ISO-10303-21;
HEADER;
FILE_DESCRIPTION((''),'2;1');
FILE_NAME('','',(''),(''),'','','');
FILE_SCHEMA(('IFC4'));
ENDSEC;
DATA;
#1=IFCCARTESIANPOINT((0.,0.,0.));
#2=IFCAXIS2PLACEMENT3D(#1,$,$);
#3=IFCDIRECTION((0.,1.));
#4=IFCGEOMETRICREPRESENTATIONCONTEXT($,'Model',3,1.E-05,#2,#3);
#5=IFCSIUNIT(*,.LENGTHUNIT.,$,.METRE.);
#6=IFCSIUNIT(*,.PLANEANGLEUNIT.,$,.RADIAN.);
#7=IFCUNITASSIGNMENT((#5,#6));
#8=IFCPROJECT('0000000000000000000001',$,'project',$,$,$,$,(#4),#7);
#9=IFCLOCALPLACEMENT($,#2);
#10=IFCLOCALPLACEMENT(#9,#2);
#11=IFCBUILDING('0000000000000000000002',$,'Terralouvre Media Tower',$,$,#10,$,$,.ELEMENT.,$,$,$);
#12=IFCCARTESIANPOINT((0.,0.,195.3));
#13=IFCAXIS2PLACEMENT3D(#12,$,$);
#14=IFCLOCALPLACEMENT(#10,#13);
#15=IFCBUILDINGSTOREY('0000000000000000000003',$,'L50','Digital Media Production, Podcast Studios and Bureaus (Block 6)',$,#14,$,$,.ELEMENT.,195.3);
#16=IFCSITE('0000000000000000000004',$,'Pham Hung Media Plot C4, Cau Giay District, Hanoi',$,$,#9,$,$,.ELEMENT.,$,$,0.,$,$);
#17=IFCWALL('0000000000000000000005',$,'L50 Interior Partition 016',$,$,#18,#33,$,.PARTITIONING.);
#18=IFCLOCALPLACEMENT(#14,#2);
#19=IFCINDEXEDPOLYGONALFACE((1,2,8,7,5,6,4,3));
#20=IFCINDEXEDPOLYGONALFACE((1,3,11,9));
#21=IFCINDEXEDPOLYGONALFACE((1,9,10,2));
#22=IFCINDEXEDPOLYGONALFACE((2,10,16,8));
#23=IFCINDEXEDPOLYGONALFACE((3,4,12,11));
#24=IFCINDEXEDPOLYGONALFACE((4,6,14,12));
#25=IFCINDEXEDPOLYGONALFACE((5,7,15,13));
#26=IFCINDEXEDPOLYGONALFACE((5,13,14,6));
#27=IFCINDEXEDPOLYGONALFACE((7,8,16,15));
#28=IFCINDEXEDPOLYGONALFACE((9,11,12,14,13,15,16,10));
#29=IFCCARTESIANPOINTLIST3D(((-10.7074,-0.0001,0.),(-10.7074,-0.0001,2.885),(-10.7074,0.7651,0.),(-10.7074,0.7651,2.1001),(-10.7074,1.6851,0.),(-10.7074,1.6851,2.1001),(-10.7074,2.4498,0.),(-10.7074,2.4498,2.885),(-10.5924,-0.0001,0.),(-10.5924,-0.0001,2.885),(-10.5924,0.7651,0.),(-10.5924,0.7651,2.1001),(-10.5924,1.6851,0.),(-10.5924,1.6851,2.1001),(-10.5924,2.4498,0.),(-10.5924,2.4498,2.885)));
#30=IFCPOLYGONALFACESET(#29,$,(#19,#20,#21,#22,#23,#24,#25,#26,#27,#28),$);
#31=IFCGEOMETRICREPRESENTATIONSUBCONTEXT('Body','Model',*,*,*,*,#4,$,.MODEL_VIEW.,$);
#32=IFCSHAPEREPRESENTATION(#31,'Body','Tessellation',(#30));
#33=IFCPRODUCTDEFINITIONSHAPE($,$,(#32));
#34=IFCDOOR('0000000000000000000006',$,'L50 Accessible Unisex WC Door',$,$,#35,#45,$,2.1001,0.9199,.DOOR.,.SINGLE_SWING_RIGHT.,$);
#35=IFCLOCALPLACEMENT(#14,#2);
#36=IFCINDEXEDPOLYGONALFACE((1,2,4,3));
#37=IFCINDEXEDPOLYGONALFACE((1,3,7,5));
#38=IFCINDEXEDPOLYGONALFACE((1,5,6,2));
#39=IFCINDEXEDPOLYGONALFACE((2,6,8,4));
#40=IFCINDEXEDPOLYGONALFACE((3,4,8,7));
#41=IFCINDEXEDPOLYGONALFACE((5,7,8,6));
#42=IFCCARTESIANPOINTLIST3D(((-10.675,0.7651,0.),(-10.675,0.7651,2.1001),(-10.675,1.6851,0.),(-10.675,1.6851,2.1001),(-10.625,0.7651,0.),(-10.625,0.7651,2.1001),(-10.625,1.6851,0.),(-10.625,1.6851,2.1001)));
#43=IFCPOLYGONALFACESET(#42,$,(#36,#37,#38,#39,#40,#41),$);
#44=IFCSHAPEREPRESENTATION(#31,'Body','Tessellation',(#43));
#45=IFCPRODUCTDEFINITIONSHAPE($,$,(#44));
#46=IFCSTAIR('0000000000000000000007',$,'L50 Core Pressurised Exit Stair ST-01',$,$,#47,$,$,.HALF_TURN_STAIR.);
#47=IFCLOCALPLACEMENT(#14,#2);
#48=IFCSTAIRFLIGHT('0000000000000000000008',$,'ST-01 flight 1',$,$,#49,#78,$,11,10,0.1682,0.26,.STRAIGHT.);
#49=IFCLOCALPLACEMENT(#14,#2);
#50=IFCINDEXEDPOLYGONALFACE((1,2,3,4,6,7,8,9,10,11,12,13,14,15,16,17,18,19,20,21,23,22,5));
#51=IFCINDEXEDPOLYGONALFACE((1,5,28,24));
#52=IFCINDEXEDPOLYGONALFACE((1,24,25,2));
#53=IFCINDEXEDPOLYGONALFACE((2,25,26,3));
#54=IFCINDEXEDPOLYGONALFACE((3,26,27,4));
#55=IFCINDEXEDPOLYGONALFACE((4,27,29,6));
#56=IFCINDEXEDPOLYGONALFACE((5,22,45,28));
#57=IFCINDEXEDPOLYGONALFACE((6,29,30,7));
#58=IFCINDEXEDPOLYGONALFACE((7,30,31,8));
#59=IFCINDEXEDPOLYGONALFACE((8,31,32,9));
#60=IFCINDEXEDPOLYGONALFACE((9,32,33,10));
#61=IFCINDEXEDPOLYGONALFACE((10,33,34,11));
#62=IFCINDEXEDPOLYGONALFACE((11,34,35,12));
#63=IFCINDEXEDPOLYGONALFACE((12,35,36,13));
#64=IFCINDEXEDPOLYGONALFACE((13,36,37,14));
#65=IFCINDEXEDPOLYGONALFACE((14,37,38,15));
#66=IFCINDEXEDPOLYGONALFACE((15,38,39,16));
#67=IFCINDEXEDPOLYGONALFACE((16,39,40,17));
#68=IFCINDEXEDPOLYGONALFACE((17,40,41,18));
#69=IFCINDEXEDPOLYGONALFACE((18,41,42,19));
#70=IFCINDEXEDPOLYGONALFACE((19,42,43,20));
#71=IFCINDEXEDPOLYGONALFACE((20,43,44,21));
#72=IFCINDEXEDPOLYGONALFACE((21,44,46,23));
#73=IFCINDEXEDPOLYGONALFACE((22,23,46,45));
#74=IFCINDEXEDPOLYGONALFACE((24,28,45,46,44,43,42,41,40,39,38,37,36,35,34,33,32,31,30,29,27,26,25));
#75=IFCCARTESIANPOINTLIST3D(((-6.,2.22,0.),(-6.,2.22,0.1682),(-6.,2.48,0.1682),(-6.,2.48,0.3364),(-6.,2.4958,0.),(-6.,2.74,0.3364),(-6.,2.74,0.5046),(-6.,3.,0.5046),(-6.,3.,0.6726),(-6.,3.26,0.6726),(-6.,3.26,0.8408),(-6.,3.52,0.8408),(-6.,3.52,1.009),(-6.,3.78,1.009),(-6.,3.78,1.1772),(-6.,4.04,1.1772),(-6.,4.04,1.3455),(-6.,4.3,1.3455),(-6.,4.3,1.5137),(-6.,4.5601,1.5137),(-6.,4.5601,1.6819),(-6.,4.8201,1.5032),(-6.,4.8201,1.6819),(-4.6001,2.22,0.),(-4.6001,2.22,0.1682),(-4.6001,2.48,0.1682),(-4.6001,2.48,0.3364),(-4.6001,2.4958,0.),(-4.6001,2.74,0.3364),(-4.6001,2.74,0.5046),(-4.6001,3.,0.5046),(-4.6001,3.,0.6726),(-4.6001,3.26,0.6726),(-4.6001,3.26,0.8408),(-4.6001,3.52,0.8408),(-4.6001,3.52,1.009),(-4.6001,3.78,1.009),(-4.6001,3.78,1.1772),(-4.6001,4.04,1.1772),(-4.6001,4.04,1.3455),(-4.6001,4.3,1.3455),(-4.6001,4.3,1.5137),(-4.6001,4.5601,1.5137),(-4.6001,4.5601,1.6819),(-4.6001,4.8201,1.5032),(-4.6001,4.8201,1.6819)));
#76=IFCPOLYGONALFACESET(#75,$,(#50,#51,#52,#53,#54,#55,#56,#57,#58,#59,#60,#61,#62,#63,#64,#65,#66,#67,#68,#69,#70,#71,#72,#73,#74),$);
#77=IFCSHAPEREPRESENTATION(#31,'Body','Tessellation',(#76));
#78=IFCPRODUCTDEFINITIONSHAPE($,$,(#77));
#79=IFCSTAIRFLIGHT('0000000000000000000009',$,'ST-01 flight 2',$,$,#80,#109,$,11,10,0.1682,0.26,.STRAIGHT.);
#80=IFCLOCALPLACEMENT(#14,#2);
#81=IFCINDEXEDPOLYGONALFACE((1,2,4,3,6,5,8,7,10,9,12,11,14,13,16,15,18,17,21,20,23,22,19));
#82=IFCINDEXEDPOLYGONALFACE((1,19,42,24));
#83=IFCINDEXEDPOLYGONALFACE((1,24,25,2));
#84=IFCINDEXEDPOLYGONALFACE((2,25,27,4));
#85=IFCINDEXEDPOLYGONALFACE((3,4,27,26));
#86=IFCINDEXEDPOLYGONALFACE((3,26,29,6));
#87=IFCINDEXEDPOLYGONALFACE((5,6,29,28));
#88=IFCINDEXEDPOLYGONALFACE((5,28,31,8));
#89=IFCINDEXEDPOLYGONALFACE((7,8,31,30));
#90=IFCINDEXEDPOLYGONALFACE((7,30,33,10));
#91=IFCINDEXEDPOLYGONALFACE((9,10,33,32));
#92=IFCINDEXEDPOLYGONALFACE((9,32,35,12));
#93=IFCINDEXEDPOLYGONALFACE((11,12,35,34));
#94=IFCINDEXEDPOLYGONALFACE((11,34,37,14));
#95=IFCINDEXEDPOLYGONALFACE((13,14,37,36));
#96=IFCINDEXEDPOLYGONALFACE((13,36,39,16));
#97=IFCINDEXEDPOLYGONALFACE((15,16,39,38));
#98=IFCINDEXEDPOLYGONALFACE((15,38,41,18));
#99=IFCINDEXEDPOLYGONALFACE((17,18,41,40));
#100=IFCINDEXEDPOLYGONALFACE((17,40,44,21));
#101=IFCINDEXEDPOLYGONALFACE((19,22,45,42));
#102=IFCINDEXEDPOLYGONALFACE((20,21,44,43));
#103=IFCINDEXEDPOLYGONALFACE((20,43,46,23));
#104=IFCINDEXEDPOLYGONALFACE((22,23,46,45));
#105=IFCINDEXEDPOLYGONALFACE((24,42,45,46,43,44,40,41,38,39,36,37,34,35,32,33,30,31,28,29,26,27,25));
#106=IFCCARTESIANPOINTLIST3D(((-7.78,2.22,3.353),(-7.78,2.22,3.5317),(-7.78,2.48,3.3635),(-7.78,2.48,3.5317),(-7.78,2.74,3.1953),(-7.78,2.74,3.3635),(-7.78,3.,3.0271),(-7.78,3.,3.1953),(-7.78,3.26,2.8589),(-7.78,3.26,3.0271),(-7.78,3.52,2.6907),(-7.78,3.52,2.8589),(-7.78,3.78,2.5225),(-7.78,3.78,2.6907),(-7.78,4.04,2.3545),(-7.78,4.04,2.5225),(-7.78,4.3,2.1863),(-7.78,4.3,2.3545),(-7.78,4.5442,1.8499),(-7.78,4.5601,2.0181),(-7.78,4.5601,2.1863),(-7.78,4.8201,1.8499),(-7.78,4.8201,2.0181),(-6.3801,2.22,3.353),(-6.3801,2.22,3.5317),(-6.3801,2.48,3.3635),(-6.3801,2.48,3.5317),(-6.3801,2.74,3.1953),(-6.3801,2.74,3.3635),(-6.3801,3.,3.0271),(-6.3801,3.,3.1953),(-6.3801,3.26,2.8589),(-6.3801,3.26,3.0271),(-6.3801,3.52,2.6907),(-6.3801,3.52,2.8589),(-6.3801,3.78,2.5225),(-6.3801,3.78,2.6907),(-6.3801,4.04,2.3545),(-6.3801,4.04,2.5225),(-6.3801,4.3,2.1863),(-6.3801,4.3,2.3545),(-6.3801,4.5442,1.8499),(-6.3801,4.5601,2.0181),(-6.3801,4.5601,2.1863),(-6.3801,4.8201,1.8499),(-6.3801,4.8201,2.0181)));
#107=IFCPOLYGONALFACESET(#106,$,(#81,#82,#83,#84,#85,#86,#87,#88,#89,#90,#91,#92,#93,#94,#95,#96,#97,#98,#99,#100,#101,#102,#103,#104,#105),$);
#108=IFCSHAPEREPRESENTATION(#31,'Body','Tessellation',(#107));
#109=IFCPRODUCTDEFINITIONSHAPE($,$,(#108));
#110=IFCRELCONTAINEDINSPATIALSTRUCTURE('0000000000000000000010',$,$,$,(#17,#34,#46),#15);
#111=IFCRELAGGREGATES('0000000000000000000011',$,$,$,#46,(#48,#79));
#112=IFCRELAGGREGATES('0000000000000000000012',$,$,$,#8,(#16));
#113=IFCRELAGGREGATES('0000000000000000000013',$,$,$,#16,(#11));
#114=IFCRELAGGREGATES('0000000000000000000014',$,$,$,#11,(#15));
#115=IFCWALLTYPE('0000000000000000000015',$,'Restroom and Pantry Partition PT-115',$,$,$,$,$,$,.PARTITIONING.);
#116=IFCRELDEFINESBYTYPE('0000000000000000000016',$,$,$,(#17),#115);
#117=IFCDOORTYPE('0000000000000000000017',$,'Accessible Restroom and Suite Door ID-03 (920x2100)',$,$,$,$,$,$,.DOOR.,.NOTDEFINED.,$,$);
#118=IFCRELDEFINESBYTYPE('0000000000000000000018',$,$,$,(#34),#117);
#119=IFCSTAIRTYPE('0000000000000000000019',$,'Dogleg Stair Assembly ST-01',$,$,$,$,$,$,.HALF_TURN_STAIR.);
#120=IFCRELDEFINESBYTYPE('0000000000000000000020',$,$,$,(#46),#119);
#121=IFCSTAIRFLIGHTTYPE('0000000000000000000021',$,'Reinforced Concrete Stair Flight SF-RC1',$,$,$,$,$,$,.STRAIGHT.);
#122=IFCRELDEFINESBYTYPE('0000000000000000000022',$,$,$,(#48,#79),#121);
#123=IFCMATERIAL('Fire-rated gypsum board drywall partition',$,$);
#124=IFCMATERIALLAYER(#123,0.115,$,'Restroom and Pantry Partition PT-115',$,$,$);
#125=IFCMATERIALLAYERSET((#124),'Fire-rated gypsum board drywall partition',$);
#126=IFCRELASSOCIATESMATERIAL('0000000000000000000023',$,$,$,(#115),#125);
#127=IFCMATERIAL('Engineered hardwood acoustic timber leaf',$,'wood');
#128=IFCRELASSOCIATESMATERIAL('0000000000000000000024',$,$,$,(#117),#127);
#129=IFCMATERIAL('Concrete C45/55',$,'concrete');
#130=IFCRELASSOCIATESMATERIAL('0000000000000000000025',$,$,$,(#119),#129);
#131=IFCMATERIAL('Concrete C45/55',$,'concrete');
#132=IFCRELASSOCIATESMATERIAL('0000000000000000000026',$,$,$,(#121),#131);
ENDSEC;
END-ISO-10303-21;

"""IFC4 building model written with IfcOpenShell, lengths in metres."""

from ifc_helpers import new_model, si_unit, direction, frame, frame_2d, origin, place, context, subcontext, project, spatial, polyline, rectangle, outline, extrude, material, layer, layer_set, type_object, element, fill, aggregate, save


model = new_model("IFC4")

# Units and contexts
model_context = context("Model", 3, precision=1e-05, world=origin(), true_north=direction((0.0, 1.0)))
body_context = subcontext(model_context, "Body", "Model", "MODEL_VIEW")
ifc_project = project(units=[si_unit("LENGTHUNIT", "METRE"), si_unit("PLANEANGLEUNIT", "RADIAN")], contexts=[model_context])

# Site, building, storey
site_placement = place(None, origin())
site = spatial("IfcSite", under=ifc_project, at=site_placement, Name="Pham Hung Media Plot C4, Cau Giay District, Hanoi", CompositionType="ELEMENT", RefElevation=0.0)
building_placement = place(site_placement, origin())
building = spatial("IfcBuilding", under=site, at=building_placement, Name="Terralouvre Media Tower", CompositionType="ELEMENT")
storey_placement = place(building_placement, frame((0.0, 0.0, 195.3)))
storey = spatial("IfcBuildingStorey", under=building, at=storey_placement, Name="L50", Description="Digital Media Production, Podcast Studios and Bureaus (Block 6)", CompositionType="ELEMENT", Elevation=195.3)

# Wall, opening, door
ifc_material_1 = material(Name="Fire-rated gypsum board drywall partition")
ifc_layer_1 = layer(ifc_material_1, 0.115, Name="Restroom and Pantry Partition PT-115")
ifc_layer_set_1 = layer_set([ifc_layer_1], Name="Fire-rated gypsum board drywall partition")
wall_type_1 = type_object("IfcWallType", Name="Restroom and Pantry Partition PT-115", PredefinedType="PARTITIONING", material=ifc_layer_set_1)
wall_1_placement = place(storey_placement, frame((-10.6499, 2.45, 0.0), z_axis=(0.0, 0.0, 1.0), x_axis=(0.0, -1.0, 0.0)))
wall_1 = element("IfcWall", 1, at=wall_1_placement, inside=storey, type_object=wall_type_1, Name="L50 Interior Partition 016", PredefinedType="PARTITIONING", context=body_context, shape_type="SweptSolid", body=[
    extrude(rectangle(XDim=2.45, YDim=0.115, at=frame_2d((1.2251, 0.0))), origin(), (0.0, 0.0, 1.0), 2.885),
])
opening_1_placement = place(wall_1_placement, frame((0.7649, 0.0, 0.0)))
opening_1 = element("IfcOpeningElement", 2, at=opening_1_placement, cuts=wall_1, PredefinedType="OPENING", context=body_context, shape_type="SweptSolid", body=[
    extrude(rectangle(XDim=0.9199, YDim=2.1001, at=frame_2d((0.46, 1.05))), frame((0.0, 0.0674, 0.0), z_axis=(0.0, -1.0, 0.0), x_axis=(1.0, 0.0, 0.0)), (0.0, 0.0, 1.0), 0.135),
])
ifc_material_2 = material(Name="Engineered hardwood acoustic timber leaf", Category="wood")
door_type_1 = type_object("IfcDoorType", Name="Accessible Restroom and Suite Door ID-03 (920x2100)", OperationType="NOTDEFINED", PredefinedType="DOOR", material=ifc_material_2)
door_1_placement = place(opening_1_placement, origin())
door_1 = element("IfcDoor", 3, at=door_1_placement, inside=storey, type_object=door_type_1, Name="L50 Accessible Unisex WC Door", OperationType="SINGLE_SWING_RIGHT", OverallHeight=2.1001, OverallWidth=0.9199, PredefinedType="DOOR", context=body_context, shape_type="SweptSolid", body=[
    extrude(rectangle(XDim=0.9199, YDim=2.1001, at=frame_2d((0.46, 1.05))), frame((0.0, 0.0249, 0.0), z_axis=(0.0, -1.0, 0.0), x_axis=(1.0, 0.0, 0.0)), (0.0, 0.0, 1.0), 0.05),
])
fill(opening_1, door_1)

# Stair, stair flights
ifc_material_3 = material(Name="Concrete C45/55", Category="concrete")
stair_type = type_object("IfcStairType", Name="Dogleg Stair Assembly ST-01", PredefinedType="HALF_TURN_STAIR", material=ifc_material_3)
stair_placement = place(storey_placement, origin())
stair = element("IfcStair", 4, at=stair_placement, inside=storey, type_object=stair_type, Name="L50 Core Pressurised Exit Stair ST-01", PredefinedType="HALF_TURN_STAIR")
ifc_material_4 = material(Name="Concrete C45/55", Category="concrete")
stair_flight_type = type_object("IfcStairFlightType", Name="Reinforced Concrete Stair Flight SF-RC1", PredefinedType="STRAIGHT", material=ifc_material_4)
stair_flight_1_placement = place(storey_placement, frame((-5.3, 2.22, 0.0), z_axis=(0.0, 0.0, 1.0), x_axis=(0.0, 1.0, 0.0)))
stair_flight_1 = element("IfcStairFlight", 5, at=stair_flight_1_placement, type_object=stair_flight_type, Name="ST-01 flight 1", NumberOfRisers=11, NumberOfTreads=10, PredefinedType="STRAIGHT", RiserHeight=0.1682, TreadLength=0.26, context=body_context, shape_type="SweptSolid", body=[
    extrude(outline(polyline([(0.0, 0.0), (0.0, 0.1682), (0.26, 0.1682), (0.26, 0.3364), (0.52, 0.3364), (0.52, 0.5046), (0.78, 0.5046), (0.78, 0.6726), (1.04, 0.6726), (1.04, 0.8408), (1.3, 0.8408), (1.3, 1.009), (1.5601, 1.009), (1.5601, 1.1772), (1.8201, 1.1772), (1.8201, 1.3455), (2.0801, 1.3455), (2.0801, 1.5137), (2.3401, 1.5137), (2.3401, 1.6819), (2.6001, 1.6819), (2.6001, 1.8501), (2.6001, 1.5032), (0.2759, 0.0), (0.0, 0.0)])), frame((0.0, 0.7, 0.0), z_axis=(0.0, -1.0, 0.0), x_axis=(1.0, 0.0, 0.0)), (0.0, 0.0, 1.0), 1.3999),
])
stair_flight_2_placement = place(storey_placement, frame((-7.0801, 4.8201, 1.8499), z_axis=(0.0, 0.0, 1.0), x_axis=(0.0, -1.0, 0.0)))
stair_flight_2 = element("IfcStairFlight", 6, at=stair_flight_2_placement, type_object=stair_flight_type, Name="ST-01 flight 2", NumberOfRisers=11, NumberOfTreads=10, PredefinedType="STRAIGHT", RiserHeight=0.1682, TreadLength=0.26, context=body_context, shape_type="SweptSolid", body=[
    extrude(outline(polyline([(0.0, 0.0), (0.0, 0.1682), (0.26, 0.1682), (0.26, 0.3364), (0.52, 0.3364), (0.52, 0.5046), (0.78, 0.5046), (0.78, 0.6726), (1.04, 0.6726), (1.04, 0.8408), (1.3, 0.8408), (1.3, 1.009), (1.5601, 1.009), (1.5601, 1.1772), (1.8201, 1.1772), (1.8201, 1.3455), (2.0801, 1.3455), (2.0801, 1.5137), (2.3401, 1.5137), (2.3401, 1.6819), (2.6001, 1.6819), (2.6001, 1.8501), (2.6001, 1.5032), (0.2759, 0.0), (0.0, 0.0)])), frame((0.0, 0.7, 0.0), z_axis=(0.0, -1.0, 0.0), x_axis=(1.0, 0.0, 0.0)), (0.0, 0.0, 1.0), 1.3999),
])
aggregate(stair, [stair_flight_1, stair_flight_2])

save(model, "model.ifc")
